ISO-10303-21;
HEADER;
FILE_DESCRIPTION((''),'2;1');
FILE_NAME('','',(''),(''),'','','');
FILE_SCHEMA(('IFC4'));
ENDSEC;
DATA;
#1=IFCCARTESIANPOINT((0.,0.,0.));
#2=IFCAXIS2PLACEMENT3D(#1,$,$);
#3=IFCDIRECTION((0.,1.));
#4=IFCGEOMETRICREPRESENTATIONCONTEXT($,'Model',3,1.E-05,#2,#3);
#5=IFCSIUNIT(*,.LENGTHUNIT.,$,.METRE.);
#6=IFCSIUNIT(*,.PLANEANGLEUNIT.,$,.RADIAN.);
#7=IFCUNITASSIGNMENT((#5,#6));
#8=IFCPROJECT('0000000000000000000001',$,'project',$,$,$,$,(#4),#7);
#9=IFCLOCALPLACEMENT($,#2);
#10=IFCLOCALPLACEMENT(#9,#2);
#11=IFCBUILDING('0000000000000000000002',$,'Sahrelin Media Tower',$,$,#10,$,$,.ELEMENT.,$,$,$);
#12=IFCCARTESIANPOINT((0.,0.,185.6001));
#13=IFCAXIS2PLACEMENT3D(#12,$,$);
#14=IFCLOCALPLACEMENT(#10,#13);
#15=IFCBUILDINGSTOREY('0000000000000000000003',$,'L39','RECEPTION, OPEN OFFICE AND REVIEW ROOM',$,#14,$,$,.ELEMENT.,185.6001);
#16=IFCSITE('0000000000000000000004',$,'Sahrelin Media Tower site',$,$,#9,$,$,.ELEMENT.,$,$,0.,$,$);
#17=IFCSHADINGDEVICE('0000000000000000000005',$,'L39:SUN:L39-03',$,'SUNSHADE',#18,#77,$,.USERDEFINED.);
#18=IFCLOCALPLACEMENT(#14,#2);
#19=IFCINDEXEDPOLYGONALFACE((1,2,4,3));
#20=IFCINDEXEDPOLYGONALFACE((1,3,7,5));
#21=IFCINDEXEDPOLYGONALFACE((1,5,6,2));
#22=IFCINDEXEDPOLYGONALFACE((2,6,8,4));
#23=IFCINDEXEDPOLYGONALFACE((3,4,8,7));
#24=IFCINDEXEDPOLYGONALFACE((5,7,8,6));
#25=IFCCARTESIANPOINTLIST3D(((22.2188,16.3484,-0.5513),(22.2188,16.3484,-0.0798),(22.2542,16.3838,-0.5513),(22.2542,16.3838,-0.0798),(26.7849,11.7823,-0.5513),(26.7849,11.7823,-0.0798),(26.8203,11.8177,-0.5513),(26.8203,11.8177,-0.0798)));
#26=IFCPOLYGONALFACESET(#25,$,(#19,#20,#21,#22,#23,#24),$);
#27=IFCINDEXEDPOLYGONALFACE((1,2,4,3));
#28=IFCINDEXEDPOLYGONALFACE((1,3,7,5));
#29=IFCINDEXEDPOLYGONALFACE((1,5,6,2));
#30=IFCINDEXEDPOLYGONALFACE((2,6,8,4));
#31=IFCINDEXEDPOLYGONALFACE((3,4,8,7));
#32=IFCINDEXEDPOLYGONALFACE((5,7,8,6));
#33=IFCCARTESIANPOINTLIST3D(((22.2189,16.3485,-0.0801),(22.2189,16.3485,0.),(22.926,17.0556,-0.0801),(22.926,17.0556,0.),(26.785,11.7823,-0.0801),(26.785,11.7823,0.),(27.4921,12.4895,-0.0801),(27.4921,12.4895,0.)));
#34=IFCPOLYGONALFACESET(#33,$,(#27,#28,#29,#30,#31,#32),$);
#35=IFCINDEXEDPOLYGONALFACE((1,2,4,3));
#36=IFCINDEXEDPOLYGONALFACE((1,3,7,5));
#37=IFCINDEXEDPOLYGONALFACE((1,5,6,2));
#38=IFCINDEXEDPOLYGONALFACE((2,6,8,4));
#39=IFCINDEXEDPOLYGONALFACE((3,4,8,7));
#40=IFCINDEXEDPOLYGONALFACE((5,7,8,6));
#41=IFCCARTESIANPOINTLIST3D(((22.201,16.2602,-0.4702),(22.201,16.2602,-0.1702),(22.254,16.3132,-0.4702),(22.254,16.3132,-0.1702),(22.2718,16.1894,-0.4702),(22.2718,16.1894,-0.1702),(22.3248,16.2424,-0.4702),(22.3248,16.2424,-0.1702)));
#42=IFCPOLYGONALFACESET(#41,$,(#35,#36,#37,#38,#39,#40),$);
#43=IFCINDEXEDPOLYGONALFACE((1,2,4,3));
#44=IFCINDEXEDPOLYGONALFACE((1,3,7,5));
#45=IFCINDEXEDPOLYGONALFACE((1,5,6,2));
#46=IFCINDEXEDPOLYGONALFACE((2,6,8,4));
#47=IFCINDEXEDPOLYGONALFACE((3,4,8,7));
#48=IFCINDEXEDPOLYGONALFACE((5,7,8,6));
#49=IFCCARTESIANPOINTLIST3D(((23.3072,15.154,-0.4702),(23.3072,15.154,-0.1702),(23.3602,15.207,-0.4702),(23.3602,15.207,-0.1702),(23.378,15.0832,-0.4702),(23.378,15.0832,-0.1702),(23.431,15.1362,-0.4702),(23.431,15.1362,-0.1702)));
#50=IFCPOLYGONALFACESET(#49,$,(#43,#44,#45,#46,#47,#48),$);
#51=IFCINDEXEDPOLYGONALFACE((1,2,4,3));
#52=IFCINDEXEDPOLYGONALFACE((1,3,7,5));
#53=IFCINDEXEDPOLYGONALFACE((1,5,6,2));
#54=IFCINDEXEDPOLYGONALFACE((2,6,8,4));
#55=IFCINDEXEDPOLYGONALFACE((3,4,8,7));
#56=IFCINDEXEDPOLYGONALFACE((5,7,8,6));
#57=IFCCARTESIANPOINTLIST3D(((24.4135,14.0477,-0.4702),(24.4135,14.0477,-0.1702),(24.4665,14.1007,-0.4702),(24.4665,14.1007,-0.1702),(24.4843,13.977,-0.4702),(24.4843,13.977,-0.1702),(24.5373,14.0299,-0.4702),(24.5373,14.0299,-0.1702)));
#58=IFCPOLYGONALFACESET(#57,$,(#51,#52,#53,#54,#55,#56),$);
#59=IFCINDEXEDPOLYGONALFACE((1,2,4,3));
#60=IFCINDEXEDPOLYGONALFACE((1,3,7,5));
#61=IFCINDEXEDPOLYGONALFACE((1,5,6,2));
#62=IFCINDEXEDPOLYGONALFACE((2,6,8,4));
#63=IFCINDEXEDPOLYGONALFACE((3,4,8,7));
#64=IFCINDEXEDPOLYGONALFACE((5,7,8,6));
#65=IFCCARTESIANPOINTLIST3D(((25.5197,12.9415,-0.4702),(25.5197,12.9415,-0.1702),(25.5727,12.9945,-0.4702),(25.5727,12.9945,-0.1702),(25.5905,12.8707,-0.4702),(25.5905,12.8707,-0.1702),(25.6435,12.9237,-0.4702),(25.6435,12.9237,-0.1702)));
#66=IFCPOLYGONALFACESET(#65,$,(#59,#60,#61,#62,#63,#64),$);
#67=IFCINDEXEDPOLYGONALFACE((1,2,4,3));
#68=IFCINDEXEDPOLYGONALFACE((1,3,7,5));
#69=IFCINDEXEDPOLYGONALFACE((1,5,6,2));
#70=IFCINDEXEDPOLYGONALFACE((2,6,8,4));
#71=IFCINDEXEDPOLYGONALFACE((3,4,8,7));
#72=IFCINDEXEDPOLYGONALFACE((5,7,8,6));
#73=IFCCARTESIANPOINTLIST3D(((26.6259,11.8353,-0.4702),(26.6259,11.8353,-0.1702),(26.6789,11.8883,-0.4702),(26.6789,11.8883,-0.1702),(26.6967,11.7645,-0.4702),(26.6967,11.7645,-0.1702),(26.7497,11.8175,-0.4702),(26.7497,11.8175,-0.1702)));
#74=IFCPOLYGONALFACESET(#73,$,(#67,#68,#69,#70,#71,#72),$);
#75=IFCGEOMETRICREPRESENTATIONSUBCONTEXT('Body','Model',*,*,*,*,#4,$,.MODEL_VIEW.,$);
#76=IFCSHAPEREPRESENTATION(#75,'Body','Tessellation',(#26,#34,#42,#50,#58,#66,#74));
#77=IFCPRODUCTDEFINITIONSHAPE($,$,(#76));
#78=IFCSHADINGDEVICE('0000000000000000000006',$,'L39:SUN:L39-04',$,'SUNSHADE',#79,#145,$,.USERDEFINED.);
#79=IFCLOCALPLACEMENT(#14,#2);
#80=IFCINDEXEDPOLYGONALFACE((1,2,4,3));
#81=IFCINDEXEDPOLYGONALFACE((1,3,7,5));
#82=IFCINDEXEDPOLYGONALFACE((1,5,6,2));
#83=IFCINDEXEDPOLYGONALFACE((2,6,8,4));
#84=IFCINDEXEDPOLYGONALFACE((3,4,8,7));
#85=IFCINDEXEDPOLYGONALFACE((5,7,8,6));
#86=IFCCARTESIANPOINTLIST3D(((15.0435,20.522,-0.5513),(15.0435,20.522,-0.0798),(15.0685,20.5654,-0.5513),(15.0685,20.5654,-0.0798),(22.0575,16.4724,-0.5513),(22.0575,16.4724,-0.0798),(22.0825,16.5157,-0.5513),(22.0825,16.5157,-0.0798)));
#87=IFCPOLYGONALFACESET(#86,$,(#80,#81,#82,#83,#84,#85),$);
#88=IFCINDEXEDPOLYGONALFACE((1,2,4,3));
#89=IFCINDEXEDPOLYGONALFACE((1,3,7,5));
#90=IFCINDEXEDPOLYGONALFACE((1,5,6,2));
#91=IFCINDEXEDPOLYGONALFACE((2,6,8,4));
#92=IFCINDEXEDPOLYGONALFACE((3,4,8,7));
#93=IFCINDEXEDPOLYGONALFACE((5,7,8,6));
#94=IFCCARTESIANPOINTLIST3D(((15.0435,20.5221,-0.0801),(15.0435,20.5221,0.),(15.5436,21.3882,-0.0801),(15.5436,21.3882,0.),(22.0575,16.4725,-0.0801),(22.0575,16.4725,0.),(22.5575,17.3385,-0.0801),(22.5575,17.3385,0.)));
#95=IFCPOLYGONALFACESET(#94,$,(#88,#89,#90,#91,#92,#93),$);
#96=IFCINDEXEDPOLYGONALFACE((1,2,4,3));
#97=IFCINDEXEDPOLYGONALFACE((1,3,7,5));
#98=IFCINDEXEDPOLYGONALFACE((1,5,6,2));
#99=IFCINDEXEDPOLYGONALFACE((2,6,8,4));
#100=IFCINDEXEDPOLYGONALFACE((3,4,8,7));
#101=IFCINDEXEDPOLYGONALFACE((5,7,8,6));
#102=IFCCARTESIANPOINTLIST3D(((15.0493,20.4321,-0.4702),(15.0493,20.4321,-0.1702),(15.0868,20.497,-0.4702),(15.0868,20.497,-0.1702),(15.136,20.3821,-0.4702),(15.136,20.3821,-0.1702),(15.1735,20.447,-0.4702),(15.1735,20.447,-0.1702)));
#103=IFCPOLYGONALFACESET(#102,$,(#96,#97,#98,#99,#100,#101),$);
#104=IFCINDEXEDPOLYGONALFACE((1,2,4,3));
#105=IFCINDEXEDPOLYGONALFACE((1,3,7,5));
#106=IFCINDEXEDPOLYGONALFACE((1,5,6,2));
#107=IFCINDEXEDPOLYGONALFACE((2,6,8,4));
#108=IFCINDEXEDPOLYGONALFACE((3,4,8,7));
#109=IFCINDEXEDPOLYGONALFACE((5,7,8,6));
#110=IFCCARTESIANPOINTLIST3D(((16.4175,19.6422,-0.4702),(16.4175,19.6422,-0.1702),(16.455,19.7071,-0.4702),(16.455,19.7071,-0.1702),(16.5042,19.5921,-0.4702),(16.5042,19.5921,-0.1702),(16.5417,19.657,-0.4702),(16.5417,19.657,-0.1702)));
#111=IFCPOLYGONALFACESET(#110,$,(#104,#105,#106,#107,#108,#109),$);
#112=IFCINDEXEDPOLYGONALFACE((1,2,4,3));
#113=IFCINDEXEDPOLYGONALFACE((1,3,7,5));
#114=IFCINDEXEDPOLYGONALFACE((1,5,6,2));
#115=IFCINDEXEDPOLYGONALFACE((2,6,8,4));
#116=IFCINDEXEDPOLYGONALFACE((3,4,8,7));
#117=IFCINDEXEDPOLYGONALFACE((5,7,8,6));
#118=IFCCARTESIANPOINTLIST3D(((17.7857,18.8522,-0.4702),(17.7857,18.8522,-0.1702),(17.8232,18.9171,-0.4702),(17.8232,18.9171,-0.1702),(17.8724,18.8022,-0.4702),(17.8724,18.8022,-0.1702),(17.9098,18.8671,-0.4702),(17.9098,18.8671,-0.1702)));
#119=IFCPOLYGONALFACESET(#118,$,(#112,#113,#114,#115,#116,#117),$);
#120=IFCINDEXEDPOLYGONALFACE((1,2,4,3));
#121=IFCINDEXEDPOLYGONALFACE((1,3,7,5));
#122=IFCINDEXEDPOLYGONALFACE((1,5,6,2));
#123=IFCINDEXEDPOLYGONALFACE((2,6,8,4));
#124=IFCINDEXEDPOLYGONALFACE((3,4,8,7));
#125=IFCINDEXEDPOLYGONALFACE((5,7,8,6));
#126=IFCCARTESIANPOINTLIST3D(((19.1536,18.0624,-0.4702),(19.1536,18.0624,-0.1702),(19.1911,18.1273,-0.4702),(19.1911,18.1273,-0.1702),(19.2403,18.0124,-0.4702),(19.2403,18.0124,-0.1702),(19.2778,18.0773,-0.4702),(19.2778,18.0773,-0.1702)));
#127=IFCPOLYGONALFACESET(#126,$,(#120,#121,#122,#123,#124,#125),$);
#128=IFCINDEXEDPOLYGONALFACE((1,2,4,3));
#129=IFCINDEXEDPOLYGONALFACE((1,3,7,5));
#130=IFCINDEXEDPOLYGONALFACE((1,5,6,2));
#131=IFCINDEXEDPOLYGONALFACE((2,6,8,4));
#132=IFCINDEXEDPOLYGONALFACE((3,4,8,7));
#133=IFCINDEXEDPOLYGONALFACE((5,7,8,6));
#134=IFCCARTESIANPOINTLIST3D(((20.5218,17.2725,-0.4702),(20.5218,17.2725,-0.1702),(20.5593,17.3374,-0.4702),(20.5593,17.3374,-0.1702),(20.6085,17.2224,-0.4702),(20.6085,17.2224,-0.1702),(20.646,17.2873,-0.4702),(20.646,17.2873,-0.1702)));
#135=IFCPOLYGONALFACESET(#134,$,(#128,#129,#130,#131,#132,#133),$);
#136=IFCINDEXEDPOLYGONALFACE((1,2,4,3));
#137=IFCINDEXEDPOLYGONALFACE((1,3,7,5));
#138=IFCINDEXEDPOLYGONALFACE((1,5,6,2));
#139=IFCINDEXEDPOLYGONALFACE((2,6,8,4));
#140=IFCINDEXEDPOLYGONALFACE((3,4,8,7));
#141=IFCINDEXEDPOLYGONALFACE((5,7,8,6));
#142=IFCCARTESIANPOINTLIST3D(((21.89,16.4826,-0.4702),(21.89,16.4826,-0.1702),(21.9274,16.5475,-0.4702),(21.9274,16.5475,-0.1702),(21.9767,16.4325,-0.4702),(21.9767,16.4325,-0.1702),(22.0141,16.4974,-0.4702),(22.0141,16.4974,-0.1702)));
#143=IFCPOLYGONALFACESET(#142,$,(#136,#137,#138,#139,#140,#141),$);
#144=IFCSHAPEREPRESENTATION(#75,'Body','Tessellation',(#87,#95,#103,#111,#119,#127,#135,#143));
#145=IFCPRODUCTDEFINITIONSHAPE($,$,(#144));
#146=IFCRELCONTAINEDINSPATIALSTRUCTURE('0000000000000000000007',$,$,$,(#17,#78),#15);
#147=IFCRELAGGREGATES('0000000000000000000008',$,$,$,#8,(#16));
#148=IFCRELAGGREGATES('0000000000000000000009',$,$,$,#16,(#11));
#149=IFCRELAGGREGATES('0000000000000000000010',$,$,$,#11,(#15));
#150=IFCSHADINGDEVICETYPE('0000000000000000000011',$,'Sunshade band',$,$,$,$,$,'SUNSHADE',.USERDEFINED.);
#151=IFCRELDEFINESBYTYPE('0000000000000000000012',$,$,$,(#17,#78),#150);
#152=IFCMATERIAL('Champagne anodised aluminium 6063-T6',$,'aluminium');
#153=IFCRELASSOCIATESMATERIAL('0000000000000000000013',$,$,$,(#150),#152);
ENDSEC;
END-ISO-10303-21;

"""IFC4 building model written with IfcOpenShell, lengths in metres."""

from ifc_helpers import new_model, si_unit, direction, frame, origin, origin_2d, place, context, subcontext, project, spatial, rectangle, extrude, material, type_object, element, save


model = new_model("IFC4")

# Units and contexts
model_context = context("Model", 3, precision=1e-05, world=origin(), true_north=direction((0.0, 1.0)))
body_context = subcontext(model_context, "Body", "Model", "MODEL_VIEW")
ifc_project = project(units=[si_unit("LENGTHUNIT", "METRE"), si_unit("PLANEANGLEUNIT", "RADIAN")], contexts=[model_context])

# Site, building, storey
site_placement = place(None, origin())
site = spatial("IfcSite", under=ifc_project, at=site_placement, Name="Sahrelin Media Tower site", CompositionType="ELEMENT", RefElevation=0.0)
building_placement = place(site_placement, origin())
building = spatial("IfcBuilding", under=site, at=building_placement, Name="Sahrelin Media Tower", CompositionType="ELEMENT")
storey_placement = place(building_placement, frame((0.0, 0.0, 185.6001)))
storey = spatial("IfcBuildingStorey", under=building, at=storey_placement, Name="L39", Description="RECEPTION, OPEN OFFICE AND REVIEW ROOM", CompositionType="ELEMENT", Elevation=185.6001)

# Shared definitions
ifc_material_1 = material(Name="Champagne anodised aluminium 6063-T6", Category="aluminium")

# Shading devices
placement_1 = place(storey_placement, frame((24.4878, 14.0513, 0.0), z_axis=(0.0, 0.0, 1.0), x_axis=(0.707107, -0.707107, 0.0)))
placement_2 = place(storey_placement, frame((18.5405, 18.48, 0.0), z_axis=(0.0, 0.0, 1.0), x_axis=(0.866019, -0.500011, 0.0)))
shading_device_type_1 = type_object("IfcShadingDeviceType", Name="Sunshade band", ElementType="SUNSHADE", PredefinedType="USERDEFINED", material=ifc_material_1)
element("IfcShadingDevice", 1, at=placement_1, inside=storey, type_object=shading_device_type_1, Name="L39:SUN:L39-03", ObjectType="SUNSHADE", PredefinedType="USERDEFINED", context=body_context, shape_type="SweptSolid", body=[
    extrude(rectangle(XDim=6.4575, YDim=0.05, at=origin_2d()), frame((0.0, 0.0449, -0.5513)), (0.0, 0.0, 1.0), 0.4714),
    extrude(rectangle(XDim=6.4575, YDim=1.0, at=origin_2d()), frame((0.0, 0.52, -0.0801)), (0.0, 0.0, 1.0), 0.0801),
    extrude(rectangle(XDim=0.1001, YDim=0.075, at=origin_2d()), frame((-3.1289, -0.0176, -0.4702)), (0.0, 0.0, 1.0), 0.3),
    extrude(rectangle(XDim=0.1001, YDim=0.075, at=origin_2d()), frame((-1.5645, -0.0176, -0.4702)), (0.0, 0.0, 1.0), 0.3),
    extrude(rectangle(XDim=0.1001, YDim=0.075, at=origin_2d()), frame((0.0, -0.0176, -0.4702)), (0.0, 0.0, 1.0), 0.3),
    extrude(rectangle(XDim=0.1001, YDim=0.075, at=origin_2d()), frame((1.5645, -0.0176, -0.4702)), (0.0, 0.0, 1.0), 0.3),
    extrude(rectangle(XDim=0.1001, YDim=0.075, at=origin_2d()), frame((3.1289, -0.0176, -0.4702)), (0.0, 0.0, 1.0), 0.3),
])
element("IfcShadingDevice", 2, at=placement_2, inside=storey, type_object=shading_device_type_1, Name="L39:SUN:L39-04", ObjectType="SUNSHADE", PredefinedType="USERDEFINED", context=body_context, shape_type="SweptSolid", body=[
    extrude(rectangle(XDim=8.0991, YDim=0.05, at=origin_2d()), frame((0.0, 0.0449, -0.5513)), (0.0, 0.0, 1.0), 0.4714),
    extrude(rectangle(XDim=8.0991, YDim=1.0, at=origin_2d()), frame((0.0, 0.52, -0.0801)), (0.0, 0.0, 1.0), 0.0801),
    extrude(rectangle(XDim=0.1001, YDim=0.075, at=origin_2d()), frame((-3.9495, -0.0176, -0.4702)), (0.0, 0.0, 1.0), 0.3),
    extrude(rectangle(XDim=0.1001, YDim=0.075, at=origin_2d()), frame((-2.3696, -0.0176, -0.4702)), (0.0, 0.0, 1.0), 0.3),
    extrude(rectangle(XDim=0.1001, YDim=0.075, at=origin_2d()), frame((-0.7898, -0.0176, -0.4702)), (0.0, 0.0, 1.0), 0.3),
    extrude(rectangle(XDim=0.1001, YDim=0.075, at=origin_2d()), frame((0.7898, -0.0176, -0.4702)), (0.0, 0.0, 1.0), 0.3),
    extrude(rectangle(XDim=0.1001, YDim=0.075, at=origin_2d()), frame((2.3696, -0.0176, -0.4702)), (0.0, 0.0, 1.0), 0.3),
    extrude(rectangle(XDim=0.1001, YDim=0.075, at=origin_2d()), frame((3.9495, -0.0176, -0.4702)), (0.0, 0.0, 1.0), 0.3),
])

save(model, "model.ifc")
